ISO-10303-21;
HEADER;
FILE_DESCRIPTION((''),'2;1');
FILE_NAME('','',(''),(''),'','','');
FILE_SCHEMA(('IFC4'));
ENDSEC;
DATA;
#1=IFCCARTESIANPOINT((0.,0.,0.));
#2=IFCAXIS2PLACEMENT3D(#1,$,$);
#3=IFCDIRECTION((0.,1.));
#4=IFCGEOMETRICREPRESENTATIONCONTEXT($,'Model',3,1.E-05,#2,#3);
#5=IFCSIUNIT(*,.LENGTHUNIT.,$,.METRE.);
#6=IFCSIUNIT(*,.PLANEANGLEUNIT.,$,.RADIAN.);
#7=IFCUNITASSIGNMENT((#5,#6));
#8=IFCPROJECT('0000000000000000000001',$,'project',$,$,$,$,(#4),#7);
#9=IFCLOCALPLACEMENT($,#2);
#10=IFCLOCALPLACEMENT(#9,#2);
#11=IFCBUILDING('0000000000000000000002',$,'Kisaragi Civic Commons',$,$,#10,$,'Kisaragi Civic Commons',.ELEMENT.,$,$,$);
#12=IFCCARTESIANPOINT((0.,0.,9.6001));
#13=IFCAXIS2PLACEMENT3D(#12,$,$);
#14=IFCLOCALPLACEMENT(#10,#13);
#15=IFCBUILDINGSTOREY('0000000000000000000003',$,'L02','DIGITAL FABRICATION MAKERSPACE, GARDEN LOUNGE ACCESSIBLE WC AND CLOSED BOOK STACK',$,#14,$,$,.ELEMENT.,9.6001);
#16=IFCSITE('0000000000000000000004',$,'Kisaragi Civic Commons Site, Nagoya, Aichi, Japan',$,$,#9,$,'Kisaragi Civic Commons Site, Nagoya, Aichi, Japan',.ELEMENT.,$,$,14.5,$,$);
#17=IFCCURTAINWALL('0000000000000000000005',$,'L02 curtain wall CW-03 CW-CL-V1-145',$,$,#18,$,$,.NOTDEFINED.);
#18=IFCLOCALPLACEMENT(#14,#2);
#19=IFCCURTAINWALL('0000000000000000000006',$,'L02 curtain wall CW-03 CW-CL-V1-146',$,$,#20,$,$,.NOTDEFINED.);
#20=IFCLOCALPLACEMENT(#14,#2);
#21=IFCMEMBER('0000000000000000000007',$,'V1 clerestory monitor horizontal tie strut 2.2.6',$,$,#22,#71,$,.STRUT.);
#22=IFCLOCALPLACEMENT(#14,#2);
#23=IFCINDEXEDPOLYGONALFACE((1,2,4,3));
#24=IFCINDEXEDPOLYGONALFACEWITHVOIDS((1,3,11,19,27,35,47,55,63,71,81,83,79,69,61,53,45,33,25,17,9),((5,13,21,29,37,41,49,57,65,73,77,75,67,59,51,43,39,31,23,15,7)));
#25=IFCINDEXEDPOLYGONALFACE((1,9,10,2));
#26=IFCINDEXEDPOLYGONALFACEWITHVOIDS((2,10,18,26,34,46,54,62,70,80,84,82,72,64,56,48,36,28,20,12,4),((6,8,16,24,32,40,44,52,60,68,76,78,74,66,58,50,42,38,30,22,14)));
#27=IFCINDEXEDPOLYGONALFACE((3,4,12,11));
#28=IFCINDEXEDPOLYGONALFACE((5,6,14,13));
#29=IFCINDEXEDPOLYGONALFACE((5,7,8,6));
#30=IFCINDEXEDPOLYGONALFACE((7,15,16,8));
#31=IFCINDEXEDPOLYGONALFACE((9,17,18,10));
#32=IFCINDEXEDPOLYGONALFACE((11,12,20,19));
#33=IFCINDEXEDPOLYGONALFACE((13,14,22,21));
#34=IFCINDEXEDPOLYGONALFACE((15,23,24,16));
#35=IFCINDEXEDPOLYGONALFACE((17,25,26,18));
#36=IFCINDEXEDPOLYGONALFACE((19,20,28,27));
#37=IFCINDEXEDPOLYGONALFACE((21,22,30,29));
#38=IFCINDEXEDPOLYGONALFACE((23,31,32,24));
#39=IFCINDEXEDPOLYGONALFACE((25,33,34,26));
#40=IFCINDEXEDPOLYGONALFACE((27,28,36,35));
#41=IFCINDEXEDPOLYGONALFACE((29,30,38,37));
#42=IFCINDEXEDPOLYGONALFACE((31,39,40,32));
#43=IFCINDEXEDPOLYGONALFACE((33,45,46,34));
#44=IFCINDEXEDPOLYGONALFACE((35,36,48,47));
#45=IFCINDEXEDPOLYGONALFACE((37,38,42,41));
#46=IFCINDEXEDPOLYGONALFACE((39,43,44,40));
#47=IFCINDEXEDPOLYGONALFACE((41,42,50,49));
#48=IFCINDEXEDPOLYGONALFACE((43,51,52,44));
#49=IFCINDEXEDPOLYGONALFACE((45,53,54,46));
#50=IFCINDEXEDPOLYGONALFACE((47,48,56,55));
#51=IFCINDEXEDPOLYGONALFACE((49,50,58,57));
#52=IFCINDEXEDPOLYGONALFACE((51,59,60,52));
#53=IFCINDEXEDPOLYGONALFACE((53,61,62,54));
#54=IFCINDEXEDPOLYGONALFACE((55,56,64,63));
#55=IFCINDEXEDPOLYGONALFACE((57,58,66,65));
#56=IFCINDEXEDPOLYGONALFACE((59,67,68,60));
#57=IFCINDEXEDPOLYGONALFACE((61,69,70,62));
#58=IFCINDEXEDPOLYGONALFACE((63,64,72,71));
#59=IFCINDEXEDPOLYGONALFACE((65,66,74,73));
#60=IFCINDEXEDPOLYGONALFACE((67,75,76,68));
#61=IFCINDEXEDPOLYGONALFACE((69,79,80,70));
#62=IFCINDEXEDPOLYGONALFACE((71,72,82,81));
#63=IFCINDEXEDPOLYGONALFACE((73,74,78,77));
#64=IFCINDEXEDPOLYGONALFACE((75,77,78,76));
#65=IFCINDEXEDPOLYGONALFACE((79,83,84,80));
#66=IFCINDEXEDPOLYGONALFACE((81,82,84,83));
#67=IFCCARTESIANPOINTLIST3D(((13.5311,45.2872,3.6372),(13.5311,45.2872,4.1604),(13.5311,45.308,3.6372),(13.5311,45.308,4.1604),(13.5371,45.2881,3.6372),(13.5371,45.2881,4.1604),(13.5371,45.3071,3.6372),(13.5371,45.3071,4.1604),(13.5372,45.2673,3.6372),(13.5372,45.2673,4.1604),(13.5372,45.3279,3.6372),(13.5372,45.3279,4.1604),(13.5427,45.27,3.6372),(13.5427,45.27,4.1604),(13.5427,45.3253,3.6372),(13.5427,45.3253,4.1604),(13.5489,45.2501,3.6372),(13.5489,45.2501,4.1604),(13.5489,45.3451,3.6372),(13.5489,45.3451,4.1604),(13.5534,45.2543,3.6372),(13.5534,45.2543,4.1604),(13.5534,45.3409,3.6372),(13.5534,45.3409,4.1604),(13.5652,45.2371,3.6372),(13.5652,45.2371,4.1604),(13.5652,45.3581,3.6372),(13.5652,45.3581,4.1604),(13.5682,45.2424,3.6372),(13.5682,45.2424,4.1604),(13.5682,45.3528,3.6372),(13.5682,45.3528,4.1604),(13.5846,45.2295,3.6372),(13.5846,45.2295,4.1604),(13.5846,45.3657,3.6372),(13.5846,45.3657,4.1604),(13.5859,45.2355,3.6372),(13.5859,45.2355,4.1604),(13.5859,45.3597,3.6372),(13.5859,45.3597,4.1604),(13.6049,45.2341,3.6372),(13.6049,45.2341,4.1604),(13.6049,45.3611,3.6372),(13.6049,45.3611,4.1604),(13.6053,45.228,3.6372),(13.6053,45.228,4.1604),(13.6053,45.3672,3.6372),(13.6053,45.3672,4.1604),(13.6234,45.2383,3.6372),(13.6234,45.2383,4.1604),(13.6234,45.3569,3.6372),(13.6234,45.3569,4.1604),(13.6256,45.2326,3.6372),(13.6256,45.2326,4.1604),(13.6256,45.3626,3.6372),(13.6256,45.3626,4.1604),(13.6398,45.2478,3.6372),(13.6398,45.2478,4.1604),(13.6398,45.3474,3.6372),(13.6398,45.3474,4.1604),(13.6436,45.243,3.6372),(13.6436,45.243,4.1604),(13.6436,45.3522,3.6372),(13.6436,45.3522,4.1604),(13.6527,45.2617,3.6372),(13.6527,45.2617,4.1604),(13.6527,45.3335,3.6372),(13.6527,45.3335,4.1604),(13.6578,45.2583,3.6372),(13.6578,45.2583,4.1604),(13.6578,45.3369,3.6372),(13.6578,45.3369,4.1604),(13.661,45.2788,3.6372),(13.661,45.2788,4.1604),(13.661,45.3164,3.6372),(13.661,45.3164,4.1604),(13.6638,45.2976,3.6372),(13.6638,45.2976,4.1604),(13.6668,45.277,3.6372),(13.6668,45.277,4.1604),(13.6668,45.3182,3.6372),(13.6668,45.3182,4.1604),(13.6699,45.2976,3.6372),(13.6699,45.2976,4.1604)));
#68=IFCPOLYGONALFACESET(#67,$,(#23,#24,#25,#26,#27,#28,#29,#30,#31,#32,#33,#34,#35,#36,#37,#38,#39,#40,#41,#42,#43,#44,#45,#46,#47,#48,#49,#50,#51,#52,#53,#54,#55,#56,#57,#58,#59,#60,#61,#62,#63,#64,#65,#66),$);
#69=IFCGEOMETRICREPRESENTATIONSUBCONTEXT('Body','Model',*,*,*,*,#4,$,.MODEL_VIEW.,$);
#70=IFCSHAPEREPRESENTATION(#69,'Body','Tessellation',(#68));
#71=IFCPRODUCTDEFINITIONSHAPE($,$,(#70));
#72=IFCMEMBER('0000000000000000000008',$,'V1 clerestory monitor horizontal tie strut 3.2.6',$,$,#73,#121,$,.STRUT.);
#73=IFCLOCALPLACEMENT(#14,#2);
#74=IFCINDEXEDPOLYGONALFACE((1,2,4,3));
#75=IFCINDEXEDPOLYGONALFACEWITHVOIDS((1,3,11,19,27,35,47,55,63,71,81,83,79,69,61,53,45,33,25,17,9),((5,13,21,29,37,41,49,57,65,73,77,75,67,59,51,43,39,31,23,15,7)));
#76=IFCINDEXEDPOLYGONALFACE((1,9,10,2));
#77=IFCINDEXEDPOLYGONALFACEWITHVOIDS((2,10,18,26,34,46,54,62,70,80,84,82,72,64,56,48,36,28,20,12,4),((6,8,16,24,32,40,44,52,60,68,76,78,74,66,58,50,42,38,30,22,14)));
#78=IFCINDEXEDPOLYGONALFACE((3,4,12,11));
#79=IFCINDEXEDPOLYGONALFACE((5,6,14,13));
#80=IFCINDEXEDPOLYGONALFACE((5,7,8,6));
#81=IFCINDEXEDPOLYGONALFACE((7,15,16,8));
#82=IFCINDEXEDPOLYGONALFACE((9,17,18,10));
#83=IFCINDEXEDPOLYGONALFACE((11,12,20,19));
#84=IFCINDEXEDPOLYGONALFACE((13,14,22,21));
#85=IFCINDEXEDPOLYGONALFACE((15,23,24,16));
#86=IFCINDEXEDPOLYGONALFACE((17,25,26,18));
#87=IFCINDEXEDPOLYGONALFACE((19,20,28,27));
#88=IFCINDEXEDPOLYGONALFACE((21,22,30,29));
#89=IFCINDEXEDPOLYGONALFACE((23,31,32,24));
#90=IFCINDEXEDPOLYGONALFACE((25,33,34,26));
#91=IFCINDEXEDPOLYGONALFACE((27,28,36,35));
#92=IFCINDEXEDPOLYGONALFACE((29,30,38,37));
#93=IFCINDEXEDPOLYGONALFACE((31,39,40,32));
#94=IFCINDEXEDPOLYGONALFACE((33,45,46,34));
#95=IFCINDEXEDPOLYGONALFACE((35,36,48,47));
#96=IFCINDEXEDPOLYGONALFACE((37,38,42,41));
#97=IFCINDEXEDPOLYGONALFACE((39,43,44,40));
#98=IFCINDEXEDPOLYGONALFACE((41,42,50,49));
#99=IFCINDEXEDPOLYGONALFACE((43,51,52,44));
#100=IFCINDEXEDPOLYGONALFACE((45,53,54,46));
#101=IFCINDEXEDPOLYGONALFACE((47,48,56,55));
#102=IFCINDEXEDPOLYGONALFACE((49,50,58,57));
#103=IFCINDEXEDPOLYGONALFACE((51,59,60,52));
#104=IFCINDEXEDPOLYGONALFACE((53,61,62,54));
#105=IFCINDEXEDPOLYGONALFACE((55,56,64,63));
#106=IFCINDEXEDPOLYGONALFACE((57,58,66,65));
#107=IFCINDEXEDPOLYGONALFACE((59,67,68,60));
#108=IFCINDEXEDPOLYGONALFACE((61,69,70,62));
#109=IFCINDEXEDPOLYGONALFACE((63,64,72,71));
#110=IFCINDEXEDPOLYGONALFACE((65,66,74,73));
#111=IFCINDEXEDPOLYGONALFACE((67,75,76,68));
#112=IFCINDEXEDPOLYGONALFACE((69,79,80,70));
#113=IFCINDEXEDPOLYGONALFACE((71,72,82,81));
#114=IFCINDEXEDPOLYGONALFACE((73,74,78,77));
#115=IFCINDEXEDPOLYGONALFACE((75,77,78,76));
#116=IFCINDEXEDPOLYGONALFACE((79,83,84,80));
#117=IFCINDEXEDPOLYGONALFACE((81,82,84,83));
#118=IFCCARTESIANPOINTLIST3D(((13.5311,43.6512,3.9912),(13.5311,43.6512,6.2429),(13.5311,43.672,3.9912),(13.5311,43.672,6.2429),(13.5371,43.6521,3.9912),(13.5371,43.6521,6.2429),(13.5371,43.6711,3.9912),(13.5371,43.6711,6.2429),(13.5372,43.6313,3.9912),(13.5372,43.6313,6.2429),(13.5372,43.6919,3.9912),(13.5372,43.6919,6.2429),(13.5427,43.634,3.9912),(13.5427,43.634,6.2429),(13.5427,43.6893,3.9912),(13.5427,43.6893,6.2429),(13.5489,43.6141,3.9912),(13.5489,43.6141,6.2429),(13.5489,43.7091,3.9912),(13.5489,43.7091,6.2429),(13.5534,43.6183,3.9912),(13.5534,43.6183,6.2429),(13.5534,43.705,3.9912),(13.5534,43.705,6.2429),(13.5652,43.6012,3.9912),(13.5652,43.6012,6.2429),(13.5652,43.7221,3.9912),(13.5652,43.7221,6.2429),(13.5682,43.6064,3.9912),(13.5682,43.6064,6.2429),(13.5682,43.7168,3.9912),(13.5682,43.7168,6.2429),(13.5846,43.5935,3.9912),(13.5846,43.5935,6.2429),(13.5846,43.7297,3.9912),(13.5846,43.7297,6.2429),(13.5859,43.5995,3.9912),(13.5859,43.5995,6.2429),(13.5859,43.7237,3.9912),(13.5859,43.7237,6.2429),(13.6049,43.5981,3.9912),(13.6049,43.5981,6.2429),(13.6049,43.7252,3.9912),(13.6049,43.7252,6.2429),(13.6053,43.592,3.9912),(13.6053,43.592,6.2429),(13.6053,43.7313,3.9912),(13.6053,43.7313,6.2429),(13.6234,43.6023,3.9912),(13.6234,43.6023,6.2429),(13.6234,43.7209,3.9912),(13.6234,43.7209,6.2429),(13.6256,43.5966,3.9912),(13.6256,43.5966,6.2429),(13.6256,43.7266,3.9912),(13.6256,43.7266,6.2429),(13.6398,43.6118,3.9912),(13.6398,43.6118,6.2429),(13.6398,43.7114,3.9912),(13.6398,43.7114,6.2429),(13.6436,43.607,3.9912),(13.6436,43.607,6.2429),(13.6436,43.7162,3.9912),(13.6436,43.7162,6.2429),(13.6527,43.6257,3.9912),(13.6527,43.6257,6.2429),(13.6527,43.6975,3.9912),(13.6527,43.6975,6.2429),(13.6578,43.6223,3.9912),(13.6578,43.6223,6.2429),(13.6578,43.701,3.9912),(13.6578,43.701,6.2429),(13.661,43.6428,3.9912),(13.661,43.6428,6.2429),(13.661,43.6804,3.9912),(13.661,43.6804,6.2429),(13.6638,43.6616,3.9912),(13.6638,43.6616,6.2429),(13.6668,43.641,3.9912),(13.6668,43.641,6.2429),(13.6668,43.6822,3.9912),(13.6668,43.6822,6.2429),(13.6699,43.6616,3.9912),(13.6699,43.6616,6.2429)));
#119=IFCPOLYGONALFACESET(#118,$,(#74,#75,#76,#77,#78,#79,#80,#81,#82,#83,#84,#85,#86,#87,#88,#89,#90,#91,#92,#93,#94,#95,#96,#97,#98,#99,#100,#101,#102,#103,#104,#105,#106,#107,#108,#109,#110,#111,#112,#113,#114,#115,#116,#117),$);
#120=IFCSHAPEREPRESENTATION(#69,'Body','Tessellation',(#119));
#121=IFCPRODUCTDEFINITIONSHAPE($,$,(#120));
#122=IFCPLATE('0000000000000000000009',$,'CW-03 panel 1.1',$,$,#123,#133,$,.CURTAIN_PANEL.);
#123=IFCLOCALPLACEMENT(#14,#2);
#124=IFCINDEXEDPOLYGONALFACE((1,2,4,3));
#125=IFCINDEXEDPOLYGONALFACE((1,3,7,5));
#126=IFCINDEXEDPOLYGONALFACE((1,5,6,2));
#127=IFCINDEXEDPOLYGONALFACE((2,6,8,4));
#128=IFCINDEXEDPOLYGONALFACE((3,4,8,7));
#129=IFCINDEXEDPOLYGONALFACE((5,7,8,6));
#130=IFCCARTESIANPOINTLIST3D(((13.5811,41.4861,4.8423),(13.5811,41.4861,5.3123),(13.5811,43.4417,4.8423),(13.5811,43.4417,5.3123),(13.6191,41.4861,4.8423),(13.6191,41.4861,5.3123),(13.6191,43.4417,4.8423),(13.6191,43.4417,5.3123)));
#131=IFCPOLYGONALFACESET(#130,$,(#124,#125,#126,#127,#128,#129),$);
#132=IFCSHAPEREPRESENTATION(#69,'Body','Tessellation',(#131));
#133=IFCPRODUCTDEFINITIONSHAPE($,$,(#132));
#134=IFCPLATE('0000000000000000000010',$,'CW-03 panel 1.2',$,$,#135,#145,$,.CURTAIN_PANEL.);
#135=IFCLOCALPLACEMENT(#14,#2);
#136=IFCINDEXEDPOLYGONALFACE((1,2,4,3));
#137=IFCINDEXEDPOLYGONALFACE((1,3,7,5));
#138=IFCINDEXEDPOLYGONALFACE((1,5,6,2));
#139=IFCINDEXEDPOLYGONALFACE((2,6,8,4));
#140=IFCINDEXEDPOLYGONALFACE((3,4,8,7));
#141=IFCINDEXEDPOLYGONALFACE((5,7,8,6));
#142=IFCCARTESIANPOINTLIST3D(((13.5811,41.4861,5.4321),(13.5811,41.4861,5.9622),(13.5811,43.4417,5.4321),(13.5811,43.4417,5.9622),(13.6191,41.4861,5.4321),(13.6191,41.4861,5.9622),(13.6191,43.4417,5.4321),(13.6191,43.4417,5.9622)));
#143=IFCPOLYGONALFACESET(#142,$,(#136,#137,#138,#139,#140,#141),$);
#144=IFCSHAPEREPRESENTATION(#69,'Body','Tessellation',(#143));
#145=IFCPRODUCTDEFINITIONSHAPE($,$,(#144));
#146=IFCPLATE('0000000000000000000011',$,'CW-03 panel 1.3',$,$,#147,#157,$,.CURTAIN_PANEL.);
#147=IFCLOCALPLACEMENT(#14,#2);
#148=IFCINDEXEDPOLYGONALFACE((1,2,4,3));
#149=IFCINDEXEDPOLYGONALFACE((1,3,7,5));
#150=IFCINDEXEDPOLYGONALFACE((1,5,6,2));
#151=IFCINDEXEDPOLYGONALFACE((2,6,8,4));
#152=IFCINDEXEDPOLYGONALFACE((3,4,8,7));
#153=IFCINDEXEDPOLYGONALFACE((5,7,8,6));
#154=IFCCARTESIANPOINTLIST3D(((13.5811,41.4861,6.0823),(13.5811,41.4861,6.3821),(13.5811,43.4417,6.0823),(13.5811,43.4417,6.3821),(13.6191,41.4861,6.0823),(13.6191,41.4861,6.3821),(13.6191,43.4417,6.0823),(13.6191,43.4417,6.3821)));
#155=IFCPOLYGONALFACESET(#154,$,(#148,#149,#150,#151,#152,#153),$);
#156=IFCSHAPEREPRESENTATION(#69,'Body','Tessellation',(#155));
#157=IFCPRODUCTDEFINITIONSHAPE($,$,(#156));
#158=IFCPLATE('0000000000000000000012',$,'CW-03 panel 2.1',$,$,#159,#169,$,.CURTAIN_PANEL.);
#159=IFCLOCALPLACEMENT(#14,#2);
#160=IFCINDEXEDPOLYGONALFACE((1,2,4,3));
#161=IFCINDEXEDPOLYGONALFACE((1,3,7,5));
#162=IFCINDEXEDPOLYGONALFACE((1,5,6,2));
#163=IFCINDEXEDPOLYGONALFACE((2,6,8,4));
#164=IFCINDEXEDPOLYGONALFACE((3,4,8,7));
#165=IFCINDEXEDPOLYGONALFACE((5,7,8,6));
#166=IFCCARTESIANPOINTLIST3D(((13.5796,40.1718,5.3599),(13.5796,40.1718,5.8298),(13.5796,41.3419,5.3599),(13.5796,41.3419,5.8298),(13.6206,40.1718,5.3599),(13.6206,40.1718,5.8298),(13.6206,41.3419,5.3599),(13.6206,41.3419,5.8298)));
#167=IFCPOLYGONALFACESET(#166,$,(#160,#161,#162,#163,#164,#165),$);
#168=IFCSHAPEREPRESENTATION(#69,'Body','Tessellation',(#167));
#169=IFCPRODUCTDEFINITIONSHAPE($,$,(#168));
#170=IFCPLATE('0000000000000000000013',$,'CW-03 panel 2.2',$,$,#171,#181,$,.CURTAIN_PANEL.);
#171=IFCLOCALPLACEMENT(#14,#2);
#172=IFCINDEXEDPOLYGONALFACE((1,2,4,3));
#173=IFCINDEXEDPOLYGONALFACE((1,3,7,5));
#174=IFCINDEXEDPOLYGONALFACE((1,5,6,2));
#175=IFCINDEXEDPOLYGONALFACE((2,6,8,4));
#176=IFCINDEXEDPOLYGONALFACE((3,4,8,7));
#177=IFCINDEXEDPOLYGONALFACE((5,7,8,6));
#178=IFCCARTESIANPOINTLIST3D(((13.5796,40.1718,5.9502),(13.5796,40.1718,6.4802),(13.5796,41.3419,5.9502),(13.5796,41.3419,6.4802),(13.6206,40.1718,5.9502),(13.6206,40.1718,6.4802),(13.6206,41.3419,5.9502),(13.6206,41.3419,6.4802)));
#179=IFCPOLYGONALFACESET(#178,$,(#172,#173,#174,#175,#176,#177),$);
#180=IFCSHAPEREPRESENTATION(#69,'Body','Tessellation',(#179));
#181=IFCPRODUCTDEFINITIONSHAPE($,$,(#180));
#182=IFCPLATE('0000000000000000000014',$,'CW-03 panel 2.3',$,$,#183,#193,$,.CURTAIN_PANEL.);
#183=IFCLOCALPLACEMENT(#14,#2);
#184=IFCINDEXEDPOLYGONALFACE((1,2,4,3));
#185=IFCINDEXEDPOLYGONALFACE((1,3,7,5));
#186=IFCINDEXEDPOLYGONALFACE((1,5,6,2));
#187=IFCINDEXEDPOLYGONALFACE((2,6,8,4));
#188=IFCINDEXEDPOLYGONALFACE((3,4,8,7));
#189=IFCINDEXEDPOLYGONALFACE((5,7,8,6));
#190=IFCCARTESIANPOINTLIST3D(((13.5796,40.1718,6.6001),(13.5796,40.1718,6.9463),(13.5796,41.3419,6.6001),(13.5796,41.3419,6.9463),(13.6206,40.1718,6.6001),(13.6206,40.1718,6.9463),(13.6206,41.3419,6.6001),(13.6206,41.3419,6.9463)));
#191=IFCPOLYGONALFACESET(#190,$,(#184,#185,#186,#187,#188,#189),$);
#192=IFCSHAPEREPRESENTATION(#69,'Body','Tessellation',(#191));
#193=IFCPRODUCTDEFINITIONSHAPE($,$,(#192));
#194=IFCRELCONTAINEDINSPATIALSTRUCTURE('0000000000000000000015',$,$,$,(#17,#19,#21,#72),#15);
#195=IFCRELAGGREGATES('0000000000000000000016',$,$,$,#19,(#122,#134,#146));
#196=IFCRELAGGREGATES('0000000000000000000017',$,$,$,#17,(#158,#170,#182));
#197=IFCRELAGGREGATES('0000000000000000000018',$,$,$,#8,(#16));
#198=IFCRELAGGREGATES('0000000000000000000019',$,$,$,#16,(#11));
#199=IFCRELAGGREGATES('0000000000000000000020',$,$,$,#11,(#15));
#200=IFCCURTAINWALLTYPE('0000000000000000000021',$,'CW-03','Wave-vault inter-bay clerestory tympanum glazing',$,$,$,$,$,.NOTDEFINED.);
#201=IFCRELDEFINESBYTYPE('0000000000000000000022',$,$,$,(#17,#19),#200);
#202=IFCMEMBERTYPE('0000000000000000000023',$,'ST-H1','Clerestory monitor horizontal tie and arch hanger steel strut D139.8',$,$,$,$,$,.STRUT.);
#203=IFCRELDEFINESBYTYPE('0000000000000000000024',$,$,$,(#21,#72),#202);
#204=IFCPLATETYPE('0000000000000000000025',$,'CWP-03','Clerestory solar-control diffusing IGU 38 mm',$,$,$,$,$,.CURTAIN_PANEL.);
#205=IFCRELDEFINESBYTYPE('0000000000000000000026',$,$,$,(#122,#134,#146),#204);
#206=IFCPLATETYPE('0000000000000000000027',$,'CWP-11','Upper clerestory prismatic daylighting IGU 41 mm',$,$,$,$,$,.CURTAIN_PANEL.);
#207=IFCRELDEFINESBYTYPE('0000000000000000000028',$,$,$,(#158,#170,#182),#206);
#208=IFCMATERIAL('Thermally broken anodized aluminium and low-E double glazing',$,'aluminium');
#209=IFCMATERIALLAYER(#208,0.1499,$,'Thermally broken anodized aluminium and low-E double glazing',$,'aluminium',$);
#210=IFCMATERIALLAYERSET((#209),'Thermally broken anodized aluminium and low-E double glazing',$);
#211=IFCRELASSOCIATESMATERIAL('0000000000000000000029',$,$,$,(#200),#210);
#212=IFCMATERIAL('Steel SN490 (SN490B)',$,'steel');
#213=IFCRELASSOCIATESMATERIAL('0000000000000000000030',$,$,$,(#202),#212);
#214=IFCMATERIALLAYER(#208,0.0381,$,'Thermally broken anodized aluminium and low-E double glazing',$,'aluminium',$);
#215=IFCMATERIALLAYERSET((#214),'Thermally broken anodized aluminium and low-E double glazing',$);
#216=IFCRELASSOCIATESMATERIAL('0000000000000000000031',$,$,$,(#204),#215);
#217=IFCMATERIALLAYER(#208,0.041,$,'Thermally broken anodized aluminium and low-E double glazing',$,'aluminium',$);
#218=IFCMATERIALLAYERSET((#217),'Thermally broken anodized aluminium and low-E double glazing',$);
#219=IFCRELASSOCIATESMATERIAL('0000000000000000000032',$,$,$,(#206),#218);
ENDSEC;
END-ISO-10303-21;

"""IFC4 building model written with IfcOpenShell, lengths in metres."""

from ifc_helpers import new_model, si_unit, direction, frame, origin, origin_2d, place, context, subcontext, project, spatial, rectangle, hollow_circle, extrude, material, layer, layer_set, material_profile, profile_set, type_object, element, aggregate, save


model = new_model("IFC4")

# Units and contexts
model_context = context("Model", 3, precision=1e-05, world=origin(), true_north=direction((0.0, 1.0)))
body_context = subcontext(model_context, "Body", "Model", "MODEL_VIEW")
ifc_project = project(units=[si_unit("LENGTHUNIT", "METRE"), si_unit("PLANEANGLEUNIT", "RADIAN")], contexts=[model_context])

# Site, building, storey
site_placement = place(None, origin())
site = spatial("IfcSite", under=ifc_project, at=site_placement, Name="Kisaragi Civic Commons Site, Nagoya, Aichi, Japan", LongName="Kisaragi Civic Commons Site, Nagoya, Aichi, Japan", CompositionType="ELEMENT", RefElevation=14.5)
building_placement = place(site_placement, origin())
building = spatial("IfcBuilding", under=site, at=building_placement, Name="Kisaragi Civic Commons", LongName="Kisaragi Civic Commons", CompositionType="ELEMENT")
storey_placement = place(building_placement, frame((0.0, 0.0, 9.6001)))
storey = spatial("IfcBuildingStorey", under=building, at=storey_placement, Name="L02", Description="DIGITAL FABRICATION MAKERSPACE, GARDEN LOUNGE ACCESSIBLE WC AND CLOSED BOOK STACK", CompositionType="ELEMENT", Elevation=9.6001)

# Curtain wall
ifc_material_1 = material(Name="Thermally broken anodized aluminium and low-E double glazing", Category="aluminium")
ifc_layer_1 = layer(ifc_material_1, 0.1499, Name="Thermally broken anodized aluminium and low-E double glazing", Category="aluminium")
ifc_layer_set_1 = layer_set([ifc_layer_1], Name="Thermally broken anodized aluminium and low-E double glazing")
curtain_wall_type = type_object("IfcCurtainWallType", Name="CW-03", Description="Wave-vault inter-bay clerestory tympanum glazing", PredefinedType="NOTDEFINED", material=ifc_layer_set_1)
curtain_wall_1_placement = place(storey_placement, origin())
curtain_wall_1 = element("IfcCurtainWall", 1, at=curtain_wall_1_placement, inside=storey, type_object=curtain_wall_type, Name="L02 curtain wall CW-03 CW-CL-V1-145", PredefinedType="NOTDEFINED")

# Curtain wall
curtain_wall_2_placement = place(storey_placement, origin())
curtain_wall_2 = element("IfcCurtainWall", 2, at=curtain_wall_2_placement, inside=storey, type_object=curtain_wall_type, Name="L02 curtain wall CW-03 CW-CL-V1-146", PredefinedType="NOTDEFINED")

# Members
ifc_material_2 = material(Name="Steel SN490 (SN490B)", Category="steel")
ifc_material_profile_1 = material_profile(ifc_material_2, hollow_circle(Radius=0.0698, WallThickness=0.0061, at=origin_2d()), Name="CHS-139.8x6.0", Category="steel")
ifc_profile_set_1 = profile_set([ifc_material_profile_1], Name="Steel SN490 (SN490B)")
member_type_1 = type_object("IfcMemberType", Name="ST-H1", Description="Clerestory monitor horizontal tie and arch hanger steel strut D139.8", PredefinedType="STRUT", material=ifc_profile_set_1)
member_1_placement = place(storey_placement, frame((13.6001, 45.2976, 3.6372), z_axis=(0.0, 0.0, 1.0), x_axis=(1.0, 0.0, 0.0)))
element("IfcMember", 3, at=member_1_placement, inside=storey, type_object=member_type_1, Name="V1 clerestory monitor horizontal tie strut 2.2.6", PredefinedType="STRUT", context=body_context, shape_type="SweptSolid", body=[
    extrude(hollow_circle(Radius=0.0698, WallThickness=0.0061, at=origin_2d()), origin(), (0.0, 0.0, 1.0), 0.5232),
])
member_2_placement = place(storey_placement, frame((13.6001, 43.6616, 3.9912), z_axis=(0.0, 0.0, 1.0), x_axis=(1.0, 0.0, 0.0)))
element("IfcMember", 4, at=member_2_placement, inside=storey, type_object=member_type_1, Name="V1 clerestory monitor horizontal tie strut 3.2.6", PredefinedType="STRUT", context=body_context, shape_type="SweptSolid", body=[
    extrude(hollow_circle(Radius=0.0698, WallThickness=0.0061, at=origin_2d()), origin(), (0.0, 0.0, 1.0), 2.2517),
])

# Plates
ifc_layer_2 = layer(ifc_material_1, 0.0381, Name="Thermally broken anodized aluminium and low-E double glazing", Category="aluminium")
ifc_layer_set_2 = layer_set([ifc_layer_2], Name="Thermally broken anodized aluminium and low-E double glazing")
plate_type_1 = type_object("IfcPlateType", Name="CWP-03", Description="Clerestory solar-control diffusing IGU 38 mm", PredefinedType="CURTAIN_PANEL", material=ifc_layer_set_2)
plate_1_placement = place(storey_placement, frame((13.6001, 42.4639, 4.8423), z_axis=(0.0, 0.0, 1.0), x_axis=(0.0, 1.0, 0.0)))
plate_1 = element("IfcPlate", 5, at=plate_1_placement, type_object=plate_type_1, Name="CW-03 panel 1.1", PredefinedType="CURTAIN_PANEL", context=body_context, shape_type="SweptSolid", body=[
    extrude(rectangle(XDim=1.9556, YDim=0.0381, at=origin_2d()), origin(), (0.0, 0.0, 1.0), 0.47),
])
plate_2_placement = place(storey_placement, frame((13.6001, 42.4639, 5.4321), z_axis=(0.0, 0.0, 1.0), x_axis=(0.0, 1.0, 0.0)))
plate_2 = element("IfcPlate", 6, at=plate_2_placement, type_object=plate_type_1, Name="CW-03 panel 1.2", PredefinedType="CURTAIN_PANEL", context=body_context, shape_type="SweptSolid", body=[
    extrude(rectangle(XDim=1.9556, YDim=0.0381, at=origin_2d()), origin(), (0.0, 0.0, 1.0), 0.53),
])
plate_3_placement = place(storey_placement, frame((13.6001, 42.4639, 6.0823), z_axis=(0.0, 0.0, 1.0), x_axis=(0.0, 1.0, 0.0)))
plate_3 = element("IfcPlate", 7, at=plate_3_placement, type_object=plate_type_1, Name="CW-03 panel 1.3", PredefinedType="CURTAIN_PANEL", context=body_context, shape_type="SweptSolid", body=[
    extrude(rectangle(XDim=1.9556, YDim=0.0381, at=origin_2d()), origin(), (0.0, 0.0, 1.0), 0.2998),
])
aggregate(curtain_wall_2, [plate_1, plate_2, plate_3])
ifc_layer_3 = layer(ifc_material_1, 0.041, Name="Thermally broken anodized aluminium and low-E double glazing", Category="aluminium")
ifc_layer_set_3 = layer_set([ifc_layer_3], Name="Thermally broken anodized aluminium and low-E double glazing")
plate_type_2 = type_object("IfcPlateType", Name="CWP-11", Description="Upper clerestory prismatic daylighting IGU 41 mm", PredefinedType="CURTAIN_PANEL", material=ifc_layer_set_3)
plate_4_placement = place(storey_placement, frame((13.6001, 40.7568, 5.3599), z_axis=(0.0, 0.0, 1.0), x_axis=(0.0, 1.0, 0.0)))
plate_4 = element("IfcPlate", 8, at=plate_4_placement, type_object=plate_type_2, Name="CW-03 panel 2.1", PredefinedType="CURTAIN_PANEL", context=body_context, shape_type="SweptSolid", body=[
    extrude(rectangle(XDim=1.1702, YDim=0.041, at=origin_2d()), origin(), (0.0, 0.0, 1.0), 0.47),
])
plate_5_placement = place(storey_placement, frame((13.6001, 40.7568, 5.9502), z_axis=(0.0, 0.0, 1.0), x_axis=(0.0, 1.0, 0.0)))
plate_5 = element("IfcPlate", 9, at=plate_5_placement, type_object=plate_type_2, Name="CW-03 panel 2.2", PredefinedType="CURTAIN_PANEL", context=body_context, shape_type="SweptSolid", body=[
    extrude(rectangle(XDim=1.1702, YDim=0.041, at=origin_2d()), origin(), (0.0, 0.0, 1.0), 0.53),
])
plate_6_placement = place(storey_placement, frame((13.6001, 40.7568, 6.6001), z_axis=(0.0, 0.0, 1.0), x_axis=(0.0, 1.0, 0.0)))
plate_6 = element("IfcPlate", 10, at=plate_6_placement, type_object=plate_type_2, Name="CW-03 panel 2.3", PredefinedType="CURTAIN_PANEL", context=body_context, shape_type="SweptSolid", body=[
    extrude(rectangle(XDim=1.1702, YDim=0.041, at=origin_2d()), origin(), (0.0, 0.0, 1.0), 0.3462),
])
aggregate(curtain_wall_1, [plate_4, plate_5, plate_6])

save(model, "model.ifc")
